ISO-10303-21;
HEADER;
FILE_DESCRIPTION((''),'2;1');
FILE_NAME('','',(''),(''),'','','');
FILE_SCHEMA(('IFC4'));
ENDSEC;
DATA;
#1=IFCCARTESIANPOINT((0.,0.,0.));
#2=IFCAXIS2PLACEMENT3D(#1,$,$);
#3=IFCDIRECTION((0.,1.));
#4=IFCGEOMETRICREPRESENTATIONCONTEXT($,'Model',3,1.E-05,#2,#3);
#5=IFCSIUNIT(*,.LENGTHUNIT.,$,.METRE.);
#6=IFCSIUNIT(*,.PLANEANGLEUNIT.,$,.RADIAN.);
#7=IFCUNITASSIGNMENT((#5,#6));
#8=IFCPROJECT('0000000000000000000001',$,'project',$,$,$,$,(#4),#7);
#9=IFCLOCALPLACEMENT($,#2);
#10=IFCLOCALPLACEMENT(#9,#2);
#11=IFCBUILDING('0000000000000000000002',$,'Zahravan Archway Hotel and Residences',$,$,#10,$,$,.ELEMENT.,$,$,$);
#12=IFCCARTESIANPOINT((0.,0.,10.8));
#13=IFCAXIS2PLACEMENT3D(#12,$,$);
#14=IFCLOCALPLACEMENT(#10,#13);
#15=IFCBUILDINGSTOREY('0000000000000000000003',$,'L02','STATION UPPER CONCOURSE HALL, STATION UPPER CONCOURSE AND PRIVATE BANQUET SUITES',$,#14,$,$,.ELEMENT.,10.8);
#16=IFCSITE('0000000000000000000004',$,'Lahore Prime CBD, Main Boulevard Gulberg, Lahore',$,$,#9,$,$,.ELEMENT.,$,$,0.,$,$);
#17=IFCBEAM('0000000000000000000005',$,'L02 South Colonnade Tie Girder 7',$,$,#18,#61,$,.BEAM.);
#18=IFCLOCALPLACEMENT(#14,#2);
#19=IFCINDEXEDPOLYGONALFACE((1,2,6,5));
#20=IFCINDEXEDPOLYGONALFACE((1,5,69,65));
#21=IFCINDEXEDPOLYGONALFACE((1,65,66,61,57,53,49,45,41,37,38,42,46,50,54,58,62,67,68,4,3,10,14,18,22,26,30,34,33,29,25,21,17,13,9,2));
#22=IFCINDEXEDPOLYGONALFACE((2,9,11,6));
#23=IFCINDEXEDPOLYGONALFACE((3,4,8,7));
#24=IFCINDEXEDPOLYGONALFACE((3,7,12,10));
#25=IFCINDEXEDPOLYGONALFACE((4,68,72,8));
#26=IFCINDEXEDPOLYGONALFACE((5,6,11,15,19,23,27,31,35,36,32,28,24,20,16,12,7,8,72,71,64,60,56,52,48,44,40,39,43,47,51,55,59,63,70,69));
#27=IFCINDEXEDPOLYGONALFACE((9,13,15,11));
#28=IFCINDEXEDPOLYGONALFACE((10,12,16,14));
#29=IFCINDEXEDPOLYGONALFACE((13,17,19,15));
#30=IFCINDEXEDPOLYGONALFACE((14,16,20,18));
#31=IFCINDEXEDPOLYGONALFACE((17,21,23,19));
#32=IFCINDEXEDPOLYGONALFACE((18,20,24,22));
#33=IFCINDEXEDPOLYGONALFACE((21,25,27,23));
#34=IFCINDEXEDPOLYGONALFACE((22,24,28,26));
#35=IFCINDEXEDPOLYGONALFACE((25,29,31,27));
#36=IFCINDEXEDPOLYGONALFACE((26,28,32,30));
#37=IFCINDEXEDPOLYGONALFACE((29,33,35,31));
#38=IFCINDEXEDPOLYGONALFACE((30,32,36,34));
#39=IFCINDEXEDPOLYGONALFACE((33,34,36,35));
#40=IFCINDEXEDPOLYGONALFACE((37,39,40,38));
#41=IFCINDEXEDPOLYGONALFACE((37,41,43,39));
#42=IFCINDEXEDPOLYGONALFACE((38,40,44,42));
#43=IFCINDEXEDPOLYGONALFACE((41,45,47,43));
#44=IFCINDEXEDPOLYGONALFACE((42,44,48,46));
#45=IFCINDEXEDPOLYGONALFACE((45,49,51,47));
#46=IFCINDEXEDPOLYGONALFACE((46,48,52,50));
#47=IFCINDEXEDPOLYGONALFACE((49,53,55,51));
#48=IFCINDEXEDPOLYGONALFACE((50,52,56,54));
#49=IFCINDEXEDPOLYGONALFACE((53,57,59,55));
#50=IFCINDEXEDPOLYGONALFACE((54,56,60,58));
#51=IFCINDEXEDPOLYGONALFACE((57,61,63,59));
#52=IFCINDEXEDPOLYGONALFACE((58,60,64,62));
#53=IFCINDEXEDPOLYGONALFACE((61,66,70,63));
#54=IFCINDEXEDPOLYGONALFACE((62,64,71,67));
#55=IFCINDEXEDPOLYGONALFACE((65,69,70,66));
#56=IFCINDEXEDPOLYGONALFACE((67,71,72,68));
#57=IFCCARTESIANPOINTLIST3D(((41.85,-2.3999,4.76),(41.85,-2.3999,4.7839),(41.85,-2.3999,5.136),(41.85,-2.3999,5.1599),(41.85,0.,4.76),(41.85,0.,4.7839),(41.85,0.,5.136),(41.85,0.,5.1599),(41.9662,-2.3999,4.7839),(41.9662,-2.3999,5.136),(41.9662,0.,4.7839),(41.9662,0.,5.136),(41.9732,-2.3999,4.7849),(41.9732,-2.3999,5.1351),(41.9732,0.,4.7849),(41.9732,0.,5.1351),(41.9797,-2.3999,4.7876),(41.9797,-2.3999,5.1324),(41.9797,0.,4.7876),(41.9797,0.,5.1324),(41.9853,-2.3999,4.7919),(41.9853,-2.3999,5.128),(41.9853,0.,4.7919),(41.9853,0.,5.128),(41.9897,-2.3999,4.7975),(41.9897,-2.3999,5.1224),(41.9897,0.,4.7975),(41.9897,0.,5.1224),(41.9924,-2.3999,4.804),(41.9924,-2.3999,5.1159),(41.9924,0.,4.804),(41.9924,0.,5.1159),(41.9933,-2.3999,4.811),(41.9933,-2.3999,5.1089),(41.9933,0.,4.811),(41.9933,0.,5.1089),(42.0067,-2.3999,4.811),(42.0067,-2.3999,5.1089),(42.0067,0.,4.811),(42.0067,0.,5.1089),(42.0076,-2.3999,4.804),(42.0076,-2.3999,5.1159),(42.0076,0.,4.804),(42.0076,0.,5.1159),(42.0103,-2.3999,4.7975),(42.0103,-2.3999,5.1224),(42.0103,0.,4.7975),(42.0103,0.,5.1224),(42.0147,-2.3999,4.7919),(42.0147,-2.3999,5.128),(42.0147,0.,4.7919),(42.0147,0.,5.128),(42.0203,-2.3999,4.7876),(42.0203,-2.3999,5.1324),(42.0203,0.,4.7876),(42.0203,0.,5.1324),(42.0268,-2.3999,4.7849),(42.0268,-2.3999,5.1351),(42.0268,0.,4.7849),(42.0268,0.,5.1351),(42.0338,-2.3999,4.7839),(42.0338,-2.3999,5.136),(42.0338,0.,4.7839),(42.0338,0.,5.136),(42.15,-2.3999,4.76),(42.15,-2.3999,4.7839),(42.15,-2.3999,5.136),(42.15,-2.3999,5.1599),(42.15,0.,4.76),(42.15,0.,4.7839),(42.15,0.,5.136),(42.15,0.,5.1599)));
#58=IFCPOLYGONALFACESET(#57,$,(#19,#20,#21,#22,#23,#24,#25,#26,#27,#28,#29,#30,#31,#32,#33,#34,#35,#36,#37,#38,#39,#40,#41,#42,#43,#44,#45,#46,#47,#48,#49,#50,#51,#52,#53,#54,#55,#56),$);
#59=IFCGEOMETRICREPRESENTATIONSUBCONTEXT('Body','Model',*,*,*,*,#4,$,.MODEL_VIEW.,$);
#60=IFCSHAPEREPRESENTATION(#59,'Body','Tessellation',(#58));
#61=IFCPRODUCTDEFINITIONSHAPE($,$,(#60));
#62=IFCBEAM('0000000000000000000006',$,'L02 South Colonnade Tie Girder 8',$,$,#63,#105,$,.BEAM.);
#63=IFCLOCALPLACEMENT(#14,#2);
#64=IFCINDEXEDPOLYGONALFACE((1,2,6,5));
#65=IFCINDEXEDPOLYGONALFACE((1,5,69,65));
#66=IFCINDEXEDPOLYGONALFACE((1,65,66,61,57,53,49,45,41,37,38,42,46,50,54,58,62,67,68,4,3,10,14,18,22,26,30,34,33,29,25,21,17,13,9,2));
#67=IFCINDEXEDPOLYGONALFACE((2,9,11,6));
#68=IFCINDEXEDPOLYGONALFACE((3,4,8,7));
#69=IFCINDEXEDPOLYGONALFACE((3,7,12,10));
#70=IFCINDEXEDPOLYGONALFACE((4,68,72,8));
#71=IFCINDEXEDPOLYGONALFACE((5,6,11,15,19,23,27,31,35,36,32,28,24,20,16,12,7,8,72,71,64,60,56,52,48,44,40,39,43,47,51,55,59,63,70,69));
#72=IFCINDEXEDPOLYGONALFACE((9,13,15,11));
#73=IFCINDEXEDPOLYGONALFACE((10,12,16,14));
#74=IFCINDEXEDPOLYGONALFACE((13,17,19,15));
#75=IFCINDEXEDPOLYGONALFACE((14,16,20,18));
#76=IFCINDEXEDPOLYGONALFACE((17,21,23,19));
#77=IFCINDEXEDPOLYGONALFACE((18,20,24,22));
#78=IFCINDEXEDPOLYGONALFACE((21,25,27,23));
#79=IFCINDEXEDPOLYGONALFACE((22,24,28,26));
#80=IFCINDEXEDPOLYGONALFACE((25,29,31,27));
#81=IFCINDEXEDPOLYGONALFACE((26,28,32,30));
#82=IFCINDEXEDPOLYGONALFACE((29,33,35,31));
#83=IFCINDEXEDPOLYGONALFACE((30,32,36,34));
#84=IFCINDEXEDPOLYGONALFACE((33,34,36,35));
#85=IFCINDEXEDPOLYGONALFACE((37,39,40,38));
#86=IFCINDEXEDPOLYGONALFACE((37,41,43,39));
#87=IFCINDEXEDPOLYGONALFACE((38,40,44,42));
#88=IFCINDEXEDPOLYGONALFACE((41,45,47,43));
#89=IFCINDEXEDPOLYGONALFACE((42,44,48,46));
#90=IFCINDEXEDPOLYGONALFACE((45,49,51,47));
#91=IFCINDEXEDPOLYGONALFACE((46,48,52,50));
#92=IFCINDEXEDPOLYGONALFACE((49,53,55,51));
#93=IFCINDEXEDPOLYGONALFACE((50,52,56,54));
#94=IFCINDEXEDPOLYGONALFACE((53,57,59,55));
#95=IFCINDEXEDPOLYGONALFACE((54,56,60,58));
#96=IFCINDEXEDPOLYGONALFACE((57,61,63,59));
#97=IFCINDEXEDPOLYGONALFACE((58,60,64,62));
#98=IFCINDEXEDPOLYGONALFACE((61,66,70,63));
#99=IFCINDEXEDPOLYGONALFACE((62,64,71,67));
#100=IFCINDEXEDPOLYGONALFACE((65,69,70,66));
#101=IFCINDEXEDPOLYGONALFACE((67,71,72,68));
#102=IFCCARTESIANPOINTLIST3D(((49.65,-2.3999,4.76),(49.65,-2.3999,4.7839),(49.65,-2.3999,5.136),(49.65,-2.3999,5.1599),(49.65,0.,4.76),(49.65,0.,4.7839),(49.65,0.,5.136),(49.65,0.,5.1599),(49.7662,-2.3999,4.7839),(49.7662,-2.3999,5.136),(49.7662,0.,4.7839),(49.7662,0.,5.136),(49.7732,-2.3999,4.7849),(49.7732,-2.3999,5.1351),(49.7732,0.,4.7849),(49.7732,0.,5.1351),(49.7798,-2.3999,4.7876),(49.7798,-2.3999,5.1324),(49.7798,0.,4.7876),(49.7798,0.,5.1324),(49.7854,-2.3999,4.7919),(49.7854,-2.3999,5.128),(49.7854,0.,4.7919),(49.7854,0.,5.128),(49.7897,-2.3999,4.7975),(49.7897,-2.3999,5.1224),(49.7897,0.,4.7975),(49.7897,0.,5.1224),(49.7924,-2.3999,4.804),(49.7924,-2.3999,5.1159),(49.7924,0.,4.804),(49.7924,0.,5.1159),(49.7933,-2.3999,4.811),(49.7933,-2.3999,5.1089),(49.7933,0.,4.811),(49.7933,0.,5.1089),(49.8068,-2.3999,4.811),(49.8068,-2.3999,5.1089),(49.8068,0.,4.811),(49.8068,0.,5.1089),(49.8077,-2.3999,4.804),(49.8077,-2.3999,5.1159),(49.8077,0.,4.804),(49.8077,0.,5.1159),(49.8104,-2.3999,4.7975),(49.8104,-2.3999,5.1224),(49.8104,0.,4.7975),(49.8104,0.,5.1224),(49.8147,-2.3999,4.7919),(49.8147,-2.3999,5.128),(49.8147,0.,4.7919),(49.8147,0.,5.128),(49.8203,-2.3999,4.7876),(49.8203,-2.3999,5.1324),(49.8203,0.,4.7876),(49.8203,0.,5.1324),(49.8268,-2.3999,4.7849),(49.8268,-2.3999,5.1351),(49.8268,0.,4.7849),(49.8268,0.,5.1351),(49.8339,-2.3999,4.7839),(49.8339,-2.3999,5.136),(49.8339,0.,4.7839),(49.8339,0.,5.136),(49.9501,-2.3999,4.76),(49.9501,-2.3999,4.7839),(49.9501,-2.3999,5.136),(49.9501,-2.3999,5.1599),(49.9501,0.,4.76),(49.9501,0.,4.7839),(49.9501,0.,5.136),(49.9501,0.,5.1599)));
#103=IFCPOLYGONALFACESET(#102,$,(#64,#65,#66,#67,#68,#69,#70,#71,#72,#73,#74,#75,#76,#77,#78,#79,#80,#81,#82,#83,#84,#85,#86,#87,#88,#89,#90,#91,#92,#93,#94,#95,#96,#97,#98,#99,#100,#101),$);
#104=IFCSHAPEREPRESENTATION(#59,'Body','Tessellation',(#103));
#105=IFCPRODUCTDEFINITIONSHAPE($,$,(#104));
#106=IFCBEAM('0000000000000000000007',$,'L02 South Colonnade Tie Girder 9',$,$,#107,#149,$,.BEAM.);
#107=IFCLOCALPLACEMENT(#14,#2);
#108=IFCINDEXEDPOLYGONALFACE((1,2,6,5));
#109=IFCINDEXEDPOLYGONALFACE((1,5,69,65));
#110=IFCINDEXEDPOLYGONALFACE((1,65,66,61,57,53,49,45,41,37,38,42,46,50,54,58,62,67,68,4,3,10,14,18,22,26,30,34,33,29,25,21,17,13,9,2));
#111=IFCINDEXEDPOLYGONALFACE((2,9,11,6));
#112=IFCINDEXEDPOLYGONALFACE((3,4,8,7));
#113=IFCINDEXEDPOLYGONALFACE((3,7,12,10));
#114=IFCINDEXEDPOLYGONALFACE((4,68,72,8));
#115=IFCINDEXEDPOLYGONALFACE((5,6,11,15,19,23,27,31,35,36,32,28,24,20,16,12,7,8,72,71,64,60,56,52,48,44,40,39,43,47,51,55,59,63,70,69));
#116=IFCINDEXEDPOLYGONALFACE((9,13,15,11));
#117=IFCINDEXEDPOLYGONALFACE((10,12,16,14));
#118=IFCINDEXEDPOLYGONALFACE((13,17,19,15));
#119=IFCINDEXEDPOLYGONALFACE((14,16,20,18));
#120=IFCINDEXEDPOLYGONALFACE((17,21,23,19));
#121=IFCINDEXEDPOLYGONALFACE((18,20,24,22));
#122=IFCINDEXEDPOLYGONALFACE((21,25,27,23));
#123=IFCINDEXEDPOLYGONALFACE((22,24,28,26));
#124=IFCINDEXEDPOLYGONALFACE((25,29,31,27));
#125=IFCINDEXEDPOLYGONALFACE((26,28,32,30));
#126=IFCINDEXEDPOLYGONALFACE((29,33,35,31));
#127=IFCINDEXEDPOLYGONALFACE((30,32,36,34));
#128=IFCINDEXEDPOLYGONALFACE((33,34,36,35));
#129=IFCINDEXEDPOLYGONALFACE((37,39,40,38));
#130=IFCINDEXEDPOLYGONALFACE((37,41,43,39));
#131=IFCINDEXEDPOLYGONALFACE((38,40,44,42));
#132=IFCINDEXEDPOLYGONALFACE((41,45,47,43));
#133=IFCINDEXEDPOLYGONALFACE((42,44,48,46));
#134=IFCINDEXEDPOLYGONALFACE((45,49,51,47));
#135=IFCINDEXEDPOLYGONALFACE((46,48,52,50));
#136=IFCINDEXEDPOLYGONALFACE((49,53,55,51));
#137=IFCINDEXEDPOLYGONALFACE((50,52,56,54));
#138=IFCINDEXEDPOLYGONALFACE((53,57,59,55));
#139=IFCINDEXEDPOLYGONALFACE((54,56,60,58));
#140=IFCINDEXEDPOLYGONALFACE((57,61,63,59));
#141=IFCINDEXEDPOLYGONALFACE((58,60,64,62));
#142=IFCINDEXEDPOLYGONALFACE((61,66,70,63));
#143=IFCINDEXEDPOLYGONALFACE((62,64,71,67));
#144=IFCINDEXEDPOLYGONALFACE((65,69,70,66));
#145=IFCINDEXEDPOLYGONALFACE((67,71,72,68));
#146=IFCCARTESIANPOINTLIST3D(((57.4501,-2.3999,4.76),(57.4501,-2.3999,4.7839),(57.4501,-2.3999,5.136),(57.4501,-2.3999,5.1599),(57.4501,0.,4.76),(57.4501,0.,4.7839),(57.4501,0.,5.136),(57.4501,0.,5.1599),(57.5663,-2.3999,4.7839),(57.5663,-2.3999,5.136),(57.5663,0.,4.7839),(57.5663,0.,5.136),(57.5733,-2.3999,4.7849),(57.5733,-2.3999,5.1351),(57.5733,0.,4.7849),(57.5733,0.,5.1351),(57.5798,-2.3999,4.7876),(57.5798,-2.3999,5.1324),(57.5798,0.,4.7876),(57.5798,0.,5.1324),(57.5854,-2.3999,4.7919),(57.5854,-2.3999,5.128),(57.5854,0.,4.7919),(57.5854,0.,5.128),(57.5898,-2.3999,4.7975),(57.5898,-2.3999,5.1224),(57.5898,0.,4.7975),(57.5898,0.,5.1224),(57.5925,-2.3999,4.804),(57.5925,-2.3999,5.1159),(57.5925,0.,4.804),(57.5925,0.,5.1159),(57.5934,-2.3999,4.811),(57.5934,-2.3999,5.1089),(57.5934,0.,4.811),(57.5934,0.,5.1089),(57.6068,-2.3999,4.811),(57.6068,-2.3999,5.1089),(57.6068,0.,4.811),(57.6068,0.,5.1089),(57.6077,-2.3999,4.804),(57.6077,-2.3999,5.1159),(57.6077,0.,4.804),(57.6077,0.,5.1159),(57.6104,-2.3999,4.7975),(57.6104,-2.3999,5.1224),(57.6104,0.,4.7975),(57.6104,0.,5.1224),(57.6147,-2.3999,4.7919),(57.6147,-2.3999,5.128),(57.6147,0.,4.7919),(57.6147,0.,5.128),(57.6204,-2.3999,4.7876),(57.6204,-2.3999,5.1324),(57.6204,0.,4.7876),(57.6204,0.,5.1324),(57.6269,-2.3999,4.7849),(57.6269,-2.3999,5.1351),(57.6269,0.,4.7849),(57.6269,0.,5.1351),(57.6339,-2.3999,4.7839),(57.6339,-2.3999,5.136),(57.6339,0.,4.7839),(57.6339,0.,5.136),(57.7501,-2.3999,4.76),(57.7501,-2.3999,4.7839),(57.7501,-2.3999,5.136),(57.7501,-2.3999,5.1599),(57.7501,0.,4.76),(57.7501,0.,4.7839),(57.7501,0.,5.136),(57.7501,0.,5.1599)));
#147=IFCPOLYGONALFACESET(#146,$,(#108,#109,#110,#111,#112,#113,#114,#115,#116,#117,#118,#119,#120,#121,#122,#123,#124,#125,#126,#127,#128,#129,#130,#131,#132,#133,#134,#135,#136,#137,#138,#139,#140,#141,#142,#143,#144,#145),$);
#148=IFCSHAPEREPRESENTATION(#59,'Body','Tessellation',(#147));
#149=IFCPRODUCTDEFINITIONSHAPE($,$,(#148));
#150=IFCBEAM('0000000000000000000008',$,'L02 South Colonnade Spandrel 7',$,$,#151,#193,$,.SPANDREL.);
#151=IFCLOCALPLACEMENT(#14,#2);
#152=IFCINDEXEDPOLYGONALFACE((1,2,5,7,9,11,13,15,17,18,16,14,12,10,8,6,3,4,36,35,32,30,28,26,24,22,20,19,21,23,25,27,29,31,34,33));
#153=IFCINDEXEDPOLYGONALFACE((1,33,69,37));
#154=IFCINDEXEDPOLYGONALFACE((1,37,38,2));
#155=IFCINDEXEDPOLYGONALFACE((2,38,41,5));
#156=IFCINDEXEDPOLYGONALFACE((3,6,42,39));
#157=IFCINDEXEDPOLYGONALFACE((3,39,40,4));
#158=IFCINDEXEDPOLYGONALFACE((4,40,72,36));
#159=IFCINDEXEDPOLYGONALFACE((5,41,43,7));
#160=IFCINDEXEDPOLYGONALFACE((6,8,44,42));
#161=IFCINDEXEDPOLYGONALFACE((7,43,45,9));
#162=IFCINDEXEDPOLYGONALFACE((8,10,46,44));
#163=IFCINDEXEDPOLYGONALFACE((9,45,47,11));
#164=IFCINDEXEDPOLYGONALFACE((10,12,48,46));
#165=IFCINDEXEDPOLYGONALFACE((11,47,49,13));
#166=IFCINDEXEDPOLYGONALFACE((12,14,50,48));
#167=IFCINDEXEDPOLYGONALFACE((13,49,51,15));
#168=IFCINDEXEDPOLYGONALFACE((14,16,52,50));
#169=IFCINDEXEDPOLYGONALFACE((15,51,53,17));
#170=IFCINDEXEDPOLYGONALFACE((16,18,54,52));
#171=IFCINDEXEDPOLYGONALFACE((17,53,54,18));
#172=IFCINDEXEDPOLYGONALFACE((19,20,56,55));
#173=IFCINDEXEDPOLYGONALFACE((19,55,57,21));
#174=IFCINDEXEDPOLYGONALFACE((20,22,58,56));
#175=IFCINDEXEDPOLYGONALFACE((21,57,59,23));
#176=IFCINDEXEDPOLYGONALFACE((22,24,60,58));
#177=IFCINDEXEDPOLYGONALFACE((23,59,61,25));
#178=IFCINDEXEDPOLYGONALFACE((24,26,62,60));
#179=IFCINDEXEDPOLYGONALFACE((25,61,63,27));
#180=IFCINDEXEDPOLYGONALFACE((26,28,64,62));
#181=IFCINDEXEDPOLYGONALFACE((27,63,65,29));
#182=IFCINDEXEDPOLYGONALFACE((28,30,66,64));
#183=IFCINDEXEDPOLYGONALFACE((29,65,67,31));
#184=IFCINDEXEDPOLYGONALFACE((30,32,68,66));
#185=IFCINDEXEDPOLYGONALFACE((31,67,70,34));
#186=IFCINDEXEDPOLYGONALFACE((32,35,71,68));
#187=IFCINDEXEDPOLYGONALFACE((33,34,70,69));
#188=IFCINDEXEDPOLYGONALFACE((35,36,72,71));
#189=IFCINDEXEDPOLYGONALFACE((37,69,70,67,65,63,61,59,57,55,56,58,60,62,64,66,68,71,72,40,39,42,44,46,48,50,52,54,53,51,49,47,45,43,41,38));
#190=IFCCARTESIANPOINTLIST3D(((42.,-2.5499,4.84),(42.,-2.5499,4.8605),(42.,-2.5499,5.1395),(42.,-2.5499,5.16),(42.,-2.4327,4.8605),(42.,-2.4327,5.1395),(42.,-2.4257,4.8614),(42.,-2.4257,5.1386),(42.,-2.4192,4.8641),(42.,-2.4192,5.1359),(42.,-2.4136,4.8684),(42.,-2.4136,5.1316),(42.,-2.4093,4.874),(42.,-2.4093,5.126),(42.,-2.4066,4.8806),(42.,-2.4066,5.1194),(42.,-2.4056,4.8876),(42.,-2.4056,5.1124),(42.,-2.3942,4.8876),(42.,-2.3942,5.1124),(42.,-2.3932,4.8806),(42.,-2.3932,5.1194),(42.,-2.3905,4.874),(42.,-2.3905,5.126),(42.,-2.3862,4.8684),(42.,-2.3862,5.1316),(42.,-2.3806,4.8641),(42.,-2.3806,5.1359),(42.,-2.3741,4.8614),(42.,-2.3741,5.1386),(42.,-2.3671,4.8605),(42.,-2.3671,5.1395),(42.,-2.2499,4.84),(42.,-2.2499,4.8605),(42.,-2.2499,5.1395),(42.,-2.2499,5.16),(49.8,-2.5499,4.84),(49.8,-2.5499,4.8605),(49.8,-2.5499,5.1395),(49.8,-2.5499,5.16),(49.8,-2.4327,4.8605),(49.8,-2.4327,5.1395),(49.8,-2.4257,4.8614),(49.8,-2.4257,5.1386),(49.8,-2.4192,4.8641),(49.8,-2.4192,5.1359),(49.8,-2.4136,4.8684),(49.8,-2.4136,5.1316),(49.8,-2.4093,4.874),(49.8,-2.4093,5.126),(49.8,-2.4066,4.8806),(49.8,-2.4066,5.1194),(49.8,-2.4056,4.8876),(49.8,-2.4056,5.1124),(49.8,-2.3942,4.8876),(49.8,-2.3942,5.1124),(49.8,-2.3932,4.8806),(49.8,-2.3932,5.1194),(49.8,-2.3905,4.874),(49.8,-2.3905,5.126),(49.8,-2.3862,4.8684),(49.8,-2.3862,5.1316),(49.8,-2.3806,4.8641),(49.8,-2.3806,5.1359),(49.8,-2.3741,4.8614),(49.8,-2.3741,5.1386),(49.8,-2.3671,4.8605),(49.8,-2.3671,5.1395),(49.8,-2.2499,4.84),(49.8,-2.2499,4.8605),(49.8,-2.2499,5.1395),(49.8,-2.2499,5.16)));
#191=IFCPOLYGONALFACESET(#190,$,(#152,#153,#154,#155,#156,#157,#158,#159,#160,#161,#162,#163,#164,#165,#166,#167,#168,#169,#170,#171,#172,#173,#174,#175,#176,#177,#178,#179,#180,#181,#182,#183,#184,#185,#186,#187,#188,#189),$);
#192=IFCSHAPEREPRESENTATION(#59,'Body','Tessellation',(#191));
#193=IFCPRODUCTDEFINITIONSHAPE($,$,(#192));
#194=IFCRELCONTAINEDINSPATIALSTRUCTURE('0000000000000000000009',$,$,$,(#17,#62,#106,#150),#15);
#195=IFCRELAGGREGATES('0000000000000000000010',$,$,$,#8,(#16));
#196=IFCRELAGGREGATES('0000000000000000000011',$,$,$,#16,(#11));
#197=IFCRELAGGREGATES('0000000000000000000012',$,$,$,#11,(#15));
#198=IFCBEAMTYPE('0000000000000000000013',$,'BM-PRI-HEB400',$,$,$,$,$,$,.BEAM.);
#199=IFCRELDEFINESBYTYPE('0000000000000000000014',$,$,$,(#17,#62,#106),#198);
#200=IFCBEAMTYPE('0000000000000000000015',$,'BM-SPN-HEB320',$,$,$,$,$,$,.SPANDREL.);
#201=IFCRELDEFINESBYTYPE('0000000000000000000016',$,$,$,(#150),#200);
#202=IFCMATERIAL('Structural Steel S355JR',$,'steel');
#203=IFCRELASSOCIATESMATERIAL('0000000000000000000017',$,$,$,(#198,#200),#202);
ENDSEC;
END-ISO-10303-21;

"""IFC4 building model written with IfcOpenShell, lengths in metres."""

from ifc_helpers import new_model, si_unit, direction, frame, origin, origin_2d, place, context, subcontext, project, spatial, i_section, extrude, source, transform, mapped, material, material_profile, profile_set, type_object, element, save


model = new_model("IFC4")

# Units and contexts
model_context = context("Model", 3, precision=1e-05, world=origin(), true_north=direction((0.0, 1.0)))
body_context = subcontext(model_context, "Body", "Model", "MODEL_VIEW")
ifc_project = project(units=[si_unit("LENGTHUNIT", "METRE"), si_unit("PLANEANGLEUNIT", "RADIAN")], contexts=[model_context])

# Site, building, storey
site_placement = place(None, origin())
site = spatial("IfcSite", under=ifc_project, at=site_placement, Name="Lahore Prime CBD, Main Boulevard Gulberg, Lahore", CompositionType="ELEMENT", RefElevation=0.0)
building_placement = place(site_placement, origin())
building = spatial("IfcBuilding", under=site, at=building_placement, Name="Zahravan Archway Hotel and Residences", CompositionType="ELEMENT")
storey_placement = place(building_placement, frame((0.0, 0.0, 10.8)))
storey = spatial("IfcBuildingStorey", under=building, at=storey_placement, Name="L02", Description="STATION UPPER CONCOURSE HALL, STATION UPPER CONCOURSE AND PRIVATE BANQUET SUITES", CompositionType="ELEMENT", Elevation=10.8)

# Beams
ifc_material_1 = material(Name="Structural Steel S355JR", Category="steel")
ifc_material_profile_1 = material_profile(ifc_material_1, i_section(OverallWidth=0.3, OverallDepth=0.3999, WebThickness=0.0134, FlangeThickness=0.0239, FilletRadius=0.0271, at=origin_2d()), Name="HEB 400", Category="steel")
ifc_profile_set_1 = profile_set([ifc_material_profile_1], Name="Structural Steel S355JR")
beam_type_1 = type_object("IfcBeamType", Name="BM-PRI-HEB400", PredefinedType="BEAM", material=ifc_profile_set_1)
shared_shape_1 = source(origin(), body_context, "Body", "SweptSolid", [
    extrude(i_section(OverallWidth=0.3, OverallDepth=0.3999, WebThickness=0.0134, FlangeThickness=0.0239, FilletRadius=0.0271, at=origin_2d()), origin(), (0.0, 0.0, 1.0), 2.3999),
])
for number, where, z_axis, x_axis, name in (
    (1, (42.0, -2.3999, 4.96), (0.0, 1.0, 0.0), (-1.0, 0.0, 0.0), "L02 South Colonnade Tie Girder 7"),
    (2, (49.8, -2.3999, 4.96), (0.0, 1.0, 0.0), (-1.0, 0.0, 0.0), "L02 South Colonnade Tie Girder 8"),
    (3, (57.6001, -2.3999, 4.96), (0.0, 1.0, 0.0), (-1.0, 0.0, 0.0), "L02 South Colonnade Tie Girder 9"),
):
    element("IfcBeam", number, at=place(storey_placement, frame(where, z_axis=z_axis, x_axis=x_axis)), inside=storey, type_object=beam_type_1, Name=name, PredefinedType="BEAM", context=body_context, shape_type="MappedRepresentation", body=[
        mapped(shared_shape_1, transform((0.0, 0.0, 0.0), scale=1.0)),
    ])
ifc_material_profile_2 = material_profile(ifc_material_1, i_section(OverallWidth=0.3, OverallDepth=0.3201, WebThickness=0.0115, FlangeThickness=0.0205, FilletRadius=0.0271, at=origin_2d()), Name="HEB 320", Category="steel")
ifc_profile_set_2 = profile_set([ifc_material_profile_2], Name="Structural Steel S355JR")
beam_type_2 = type_object("IfcBeamType", Name="BM-SPN-HEB320", PredefinedType="SPANDREL", material=ifc_profile_set_2)
shared_shape_2 = source(origin(), body_context, "Body", "SweptSolid", [
    extrude(i_section(OverallWidth=0.3, OverallDepth=0.3201, WebThickness=0.0115, FlangeThickness=0.0205, FilletRadius=0.0271, at=origin_2d()), origin(), (0.0, 0.0, 1.0), 7.8),
])
for number, where, z_axis, x_axis, name in (
    (4, (42.0, -2.3999, 5.0), (1.0, 0.0, 0.0), (0.0, 1.0, 0.0), "L02 South Colonnade Spandrel 7"),
):
    element("IfcBeam", number, at=place(storey_placement, frame(where, z_axis=z_axis, x_axis=x_axis)), inside=storey, type_object=beam_type_2, Name=name, PredefinedType="SPANDREL", context=body_context, shape_type="MappedRepresentation", body=[
        mapped(shared_shape_2, transform((0.0, 0.0, 0.0), scale=1.0)),
    ])

save(model, "model.ifc")
